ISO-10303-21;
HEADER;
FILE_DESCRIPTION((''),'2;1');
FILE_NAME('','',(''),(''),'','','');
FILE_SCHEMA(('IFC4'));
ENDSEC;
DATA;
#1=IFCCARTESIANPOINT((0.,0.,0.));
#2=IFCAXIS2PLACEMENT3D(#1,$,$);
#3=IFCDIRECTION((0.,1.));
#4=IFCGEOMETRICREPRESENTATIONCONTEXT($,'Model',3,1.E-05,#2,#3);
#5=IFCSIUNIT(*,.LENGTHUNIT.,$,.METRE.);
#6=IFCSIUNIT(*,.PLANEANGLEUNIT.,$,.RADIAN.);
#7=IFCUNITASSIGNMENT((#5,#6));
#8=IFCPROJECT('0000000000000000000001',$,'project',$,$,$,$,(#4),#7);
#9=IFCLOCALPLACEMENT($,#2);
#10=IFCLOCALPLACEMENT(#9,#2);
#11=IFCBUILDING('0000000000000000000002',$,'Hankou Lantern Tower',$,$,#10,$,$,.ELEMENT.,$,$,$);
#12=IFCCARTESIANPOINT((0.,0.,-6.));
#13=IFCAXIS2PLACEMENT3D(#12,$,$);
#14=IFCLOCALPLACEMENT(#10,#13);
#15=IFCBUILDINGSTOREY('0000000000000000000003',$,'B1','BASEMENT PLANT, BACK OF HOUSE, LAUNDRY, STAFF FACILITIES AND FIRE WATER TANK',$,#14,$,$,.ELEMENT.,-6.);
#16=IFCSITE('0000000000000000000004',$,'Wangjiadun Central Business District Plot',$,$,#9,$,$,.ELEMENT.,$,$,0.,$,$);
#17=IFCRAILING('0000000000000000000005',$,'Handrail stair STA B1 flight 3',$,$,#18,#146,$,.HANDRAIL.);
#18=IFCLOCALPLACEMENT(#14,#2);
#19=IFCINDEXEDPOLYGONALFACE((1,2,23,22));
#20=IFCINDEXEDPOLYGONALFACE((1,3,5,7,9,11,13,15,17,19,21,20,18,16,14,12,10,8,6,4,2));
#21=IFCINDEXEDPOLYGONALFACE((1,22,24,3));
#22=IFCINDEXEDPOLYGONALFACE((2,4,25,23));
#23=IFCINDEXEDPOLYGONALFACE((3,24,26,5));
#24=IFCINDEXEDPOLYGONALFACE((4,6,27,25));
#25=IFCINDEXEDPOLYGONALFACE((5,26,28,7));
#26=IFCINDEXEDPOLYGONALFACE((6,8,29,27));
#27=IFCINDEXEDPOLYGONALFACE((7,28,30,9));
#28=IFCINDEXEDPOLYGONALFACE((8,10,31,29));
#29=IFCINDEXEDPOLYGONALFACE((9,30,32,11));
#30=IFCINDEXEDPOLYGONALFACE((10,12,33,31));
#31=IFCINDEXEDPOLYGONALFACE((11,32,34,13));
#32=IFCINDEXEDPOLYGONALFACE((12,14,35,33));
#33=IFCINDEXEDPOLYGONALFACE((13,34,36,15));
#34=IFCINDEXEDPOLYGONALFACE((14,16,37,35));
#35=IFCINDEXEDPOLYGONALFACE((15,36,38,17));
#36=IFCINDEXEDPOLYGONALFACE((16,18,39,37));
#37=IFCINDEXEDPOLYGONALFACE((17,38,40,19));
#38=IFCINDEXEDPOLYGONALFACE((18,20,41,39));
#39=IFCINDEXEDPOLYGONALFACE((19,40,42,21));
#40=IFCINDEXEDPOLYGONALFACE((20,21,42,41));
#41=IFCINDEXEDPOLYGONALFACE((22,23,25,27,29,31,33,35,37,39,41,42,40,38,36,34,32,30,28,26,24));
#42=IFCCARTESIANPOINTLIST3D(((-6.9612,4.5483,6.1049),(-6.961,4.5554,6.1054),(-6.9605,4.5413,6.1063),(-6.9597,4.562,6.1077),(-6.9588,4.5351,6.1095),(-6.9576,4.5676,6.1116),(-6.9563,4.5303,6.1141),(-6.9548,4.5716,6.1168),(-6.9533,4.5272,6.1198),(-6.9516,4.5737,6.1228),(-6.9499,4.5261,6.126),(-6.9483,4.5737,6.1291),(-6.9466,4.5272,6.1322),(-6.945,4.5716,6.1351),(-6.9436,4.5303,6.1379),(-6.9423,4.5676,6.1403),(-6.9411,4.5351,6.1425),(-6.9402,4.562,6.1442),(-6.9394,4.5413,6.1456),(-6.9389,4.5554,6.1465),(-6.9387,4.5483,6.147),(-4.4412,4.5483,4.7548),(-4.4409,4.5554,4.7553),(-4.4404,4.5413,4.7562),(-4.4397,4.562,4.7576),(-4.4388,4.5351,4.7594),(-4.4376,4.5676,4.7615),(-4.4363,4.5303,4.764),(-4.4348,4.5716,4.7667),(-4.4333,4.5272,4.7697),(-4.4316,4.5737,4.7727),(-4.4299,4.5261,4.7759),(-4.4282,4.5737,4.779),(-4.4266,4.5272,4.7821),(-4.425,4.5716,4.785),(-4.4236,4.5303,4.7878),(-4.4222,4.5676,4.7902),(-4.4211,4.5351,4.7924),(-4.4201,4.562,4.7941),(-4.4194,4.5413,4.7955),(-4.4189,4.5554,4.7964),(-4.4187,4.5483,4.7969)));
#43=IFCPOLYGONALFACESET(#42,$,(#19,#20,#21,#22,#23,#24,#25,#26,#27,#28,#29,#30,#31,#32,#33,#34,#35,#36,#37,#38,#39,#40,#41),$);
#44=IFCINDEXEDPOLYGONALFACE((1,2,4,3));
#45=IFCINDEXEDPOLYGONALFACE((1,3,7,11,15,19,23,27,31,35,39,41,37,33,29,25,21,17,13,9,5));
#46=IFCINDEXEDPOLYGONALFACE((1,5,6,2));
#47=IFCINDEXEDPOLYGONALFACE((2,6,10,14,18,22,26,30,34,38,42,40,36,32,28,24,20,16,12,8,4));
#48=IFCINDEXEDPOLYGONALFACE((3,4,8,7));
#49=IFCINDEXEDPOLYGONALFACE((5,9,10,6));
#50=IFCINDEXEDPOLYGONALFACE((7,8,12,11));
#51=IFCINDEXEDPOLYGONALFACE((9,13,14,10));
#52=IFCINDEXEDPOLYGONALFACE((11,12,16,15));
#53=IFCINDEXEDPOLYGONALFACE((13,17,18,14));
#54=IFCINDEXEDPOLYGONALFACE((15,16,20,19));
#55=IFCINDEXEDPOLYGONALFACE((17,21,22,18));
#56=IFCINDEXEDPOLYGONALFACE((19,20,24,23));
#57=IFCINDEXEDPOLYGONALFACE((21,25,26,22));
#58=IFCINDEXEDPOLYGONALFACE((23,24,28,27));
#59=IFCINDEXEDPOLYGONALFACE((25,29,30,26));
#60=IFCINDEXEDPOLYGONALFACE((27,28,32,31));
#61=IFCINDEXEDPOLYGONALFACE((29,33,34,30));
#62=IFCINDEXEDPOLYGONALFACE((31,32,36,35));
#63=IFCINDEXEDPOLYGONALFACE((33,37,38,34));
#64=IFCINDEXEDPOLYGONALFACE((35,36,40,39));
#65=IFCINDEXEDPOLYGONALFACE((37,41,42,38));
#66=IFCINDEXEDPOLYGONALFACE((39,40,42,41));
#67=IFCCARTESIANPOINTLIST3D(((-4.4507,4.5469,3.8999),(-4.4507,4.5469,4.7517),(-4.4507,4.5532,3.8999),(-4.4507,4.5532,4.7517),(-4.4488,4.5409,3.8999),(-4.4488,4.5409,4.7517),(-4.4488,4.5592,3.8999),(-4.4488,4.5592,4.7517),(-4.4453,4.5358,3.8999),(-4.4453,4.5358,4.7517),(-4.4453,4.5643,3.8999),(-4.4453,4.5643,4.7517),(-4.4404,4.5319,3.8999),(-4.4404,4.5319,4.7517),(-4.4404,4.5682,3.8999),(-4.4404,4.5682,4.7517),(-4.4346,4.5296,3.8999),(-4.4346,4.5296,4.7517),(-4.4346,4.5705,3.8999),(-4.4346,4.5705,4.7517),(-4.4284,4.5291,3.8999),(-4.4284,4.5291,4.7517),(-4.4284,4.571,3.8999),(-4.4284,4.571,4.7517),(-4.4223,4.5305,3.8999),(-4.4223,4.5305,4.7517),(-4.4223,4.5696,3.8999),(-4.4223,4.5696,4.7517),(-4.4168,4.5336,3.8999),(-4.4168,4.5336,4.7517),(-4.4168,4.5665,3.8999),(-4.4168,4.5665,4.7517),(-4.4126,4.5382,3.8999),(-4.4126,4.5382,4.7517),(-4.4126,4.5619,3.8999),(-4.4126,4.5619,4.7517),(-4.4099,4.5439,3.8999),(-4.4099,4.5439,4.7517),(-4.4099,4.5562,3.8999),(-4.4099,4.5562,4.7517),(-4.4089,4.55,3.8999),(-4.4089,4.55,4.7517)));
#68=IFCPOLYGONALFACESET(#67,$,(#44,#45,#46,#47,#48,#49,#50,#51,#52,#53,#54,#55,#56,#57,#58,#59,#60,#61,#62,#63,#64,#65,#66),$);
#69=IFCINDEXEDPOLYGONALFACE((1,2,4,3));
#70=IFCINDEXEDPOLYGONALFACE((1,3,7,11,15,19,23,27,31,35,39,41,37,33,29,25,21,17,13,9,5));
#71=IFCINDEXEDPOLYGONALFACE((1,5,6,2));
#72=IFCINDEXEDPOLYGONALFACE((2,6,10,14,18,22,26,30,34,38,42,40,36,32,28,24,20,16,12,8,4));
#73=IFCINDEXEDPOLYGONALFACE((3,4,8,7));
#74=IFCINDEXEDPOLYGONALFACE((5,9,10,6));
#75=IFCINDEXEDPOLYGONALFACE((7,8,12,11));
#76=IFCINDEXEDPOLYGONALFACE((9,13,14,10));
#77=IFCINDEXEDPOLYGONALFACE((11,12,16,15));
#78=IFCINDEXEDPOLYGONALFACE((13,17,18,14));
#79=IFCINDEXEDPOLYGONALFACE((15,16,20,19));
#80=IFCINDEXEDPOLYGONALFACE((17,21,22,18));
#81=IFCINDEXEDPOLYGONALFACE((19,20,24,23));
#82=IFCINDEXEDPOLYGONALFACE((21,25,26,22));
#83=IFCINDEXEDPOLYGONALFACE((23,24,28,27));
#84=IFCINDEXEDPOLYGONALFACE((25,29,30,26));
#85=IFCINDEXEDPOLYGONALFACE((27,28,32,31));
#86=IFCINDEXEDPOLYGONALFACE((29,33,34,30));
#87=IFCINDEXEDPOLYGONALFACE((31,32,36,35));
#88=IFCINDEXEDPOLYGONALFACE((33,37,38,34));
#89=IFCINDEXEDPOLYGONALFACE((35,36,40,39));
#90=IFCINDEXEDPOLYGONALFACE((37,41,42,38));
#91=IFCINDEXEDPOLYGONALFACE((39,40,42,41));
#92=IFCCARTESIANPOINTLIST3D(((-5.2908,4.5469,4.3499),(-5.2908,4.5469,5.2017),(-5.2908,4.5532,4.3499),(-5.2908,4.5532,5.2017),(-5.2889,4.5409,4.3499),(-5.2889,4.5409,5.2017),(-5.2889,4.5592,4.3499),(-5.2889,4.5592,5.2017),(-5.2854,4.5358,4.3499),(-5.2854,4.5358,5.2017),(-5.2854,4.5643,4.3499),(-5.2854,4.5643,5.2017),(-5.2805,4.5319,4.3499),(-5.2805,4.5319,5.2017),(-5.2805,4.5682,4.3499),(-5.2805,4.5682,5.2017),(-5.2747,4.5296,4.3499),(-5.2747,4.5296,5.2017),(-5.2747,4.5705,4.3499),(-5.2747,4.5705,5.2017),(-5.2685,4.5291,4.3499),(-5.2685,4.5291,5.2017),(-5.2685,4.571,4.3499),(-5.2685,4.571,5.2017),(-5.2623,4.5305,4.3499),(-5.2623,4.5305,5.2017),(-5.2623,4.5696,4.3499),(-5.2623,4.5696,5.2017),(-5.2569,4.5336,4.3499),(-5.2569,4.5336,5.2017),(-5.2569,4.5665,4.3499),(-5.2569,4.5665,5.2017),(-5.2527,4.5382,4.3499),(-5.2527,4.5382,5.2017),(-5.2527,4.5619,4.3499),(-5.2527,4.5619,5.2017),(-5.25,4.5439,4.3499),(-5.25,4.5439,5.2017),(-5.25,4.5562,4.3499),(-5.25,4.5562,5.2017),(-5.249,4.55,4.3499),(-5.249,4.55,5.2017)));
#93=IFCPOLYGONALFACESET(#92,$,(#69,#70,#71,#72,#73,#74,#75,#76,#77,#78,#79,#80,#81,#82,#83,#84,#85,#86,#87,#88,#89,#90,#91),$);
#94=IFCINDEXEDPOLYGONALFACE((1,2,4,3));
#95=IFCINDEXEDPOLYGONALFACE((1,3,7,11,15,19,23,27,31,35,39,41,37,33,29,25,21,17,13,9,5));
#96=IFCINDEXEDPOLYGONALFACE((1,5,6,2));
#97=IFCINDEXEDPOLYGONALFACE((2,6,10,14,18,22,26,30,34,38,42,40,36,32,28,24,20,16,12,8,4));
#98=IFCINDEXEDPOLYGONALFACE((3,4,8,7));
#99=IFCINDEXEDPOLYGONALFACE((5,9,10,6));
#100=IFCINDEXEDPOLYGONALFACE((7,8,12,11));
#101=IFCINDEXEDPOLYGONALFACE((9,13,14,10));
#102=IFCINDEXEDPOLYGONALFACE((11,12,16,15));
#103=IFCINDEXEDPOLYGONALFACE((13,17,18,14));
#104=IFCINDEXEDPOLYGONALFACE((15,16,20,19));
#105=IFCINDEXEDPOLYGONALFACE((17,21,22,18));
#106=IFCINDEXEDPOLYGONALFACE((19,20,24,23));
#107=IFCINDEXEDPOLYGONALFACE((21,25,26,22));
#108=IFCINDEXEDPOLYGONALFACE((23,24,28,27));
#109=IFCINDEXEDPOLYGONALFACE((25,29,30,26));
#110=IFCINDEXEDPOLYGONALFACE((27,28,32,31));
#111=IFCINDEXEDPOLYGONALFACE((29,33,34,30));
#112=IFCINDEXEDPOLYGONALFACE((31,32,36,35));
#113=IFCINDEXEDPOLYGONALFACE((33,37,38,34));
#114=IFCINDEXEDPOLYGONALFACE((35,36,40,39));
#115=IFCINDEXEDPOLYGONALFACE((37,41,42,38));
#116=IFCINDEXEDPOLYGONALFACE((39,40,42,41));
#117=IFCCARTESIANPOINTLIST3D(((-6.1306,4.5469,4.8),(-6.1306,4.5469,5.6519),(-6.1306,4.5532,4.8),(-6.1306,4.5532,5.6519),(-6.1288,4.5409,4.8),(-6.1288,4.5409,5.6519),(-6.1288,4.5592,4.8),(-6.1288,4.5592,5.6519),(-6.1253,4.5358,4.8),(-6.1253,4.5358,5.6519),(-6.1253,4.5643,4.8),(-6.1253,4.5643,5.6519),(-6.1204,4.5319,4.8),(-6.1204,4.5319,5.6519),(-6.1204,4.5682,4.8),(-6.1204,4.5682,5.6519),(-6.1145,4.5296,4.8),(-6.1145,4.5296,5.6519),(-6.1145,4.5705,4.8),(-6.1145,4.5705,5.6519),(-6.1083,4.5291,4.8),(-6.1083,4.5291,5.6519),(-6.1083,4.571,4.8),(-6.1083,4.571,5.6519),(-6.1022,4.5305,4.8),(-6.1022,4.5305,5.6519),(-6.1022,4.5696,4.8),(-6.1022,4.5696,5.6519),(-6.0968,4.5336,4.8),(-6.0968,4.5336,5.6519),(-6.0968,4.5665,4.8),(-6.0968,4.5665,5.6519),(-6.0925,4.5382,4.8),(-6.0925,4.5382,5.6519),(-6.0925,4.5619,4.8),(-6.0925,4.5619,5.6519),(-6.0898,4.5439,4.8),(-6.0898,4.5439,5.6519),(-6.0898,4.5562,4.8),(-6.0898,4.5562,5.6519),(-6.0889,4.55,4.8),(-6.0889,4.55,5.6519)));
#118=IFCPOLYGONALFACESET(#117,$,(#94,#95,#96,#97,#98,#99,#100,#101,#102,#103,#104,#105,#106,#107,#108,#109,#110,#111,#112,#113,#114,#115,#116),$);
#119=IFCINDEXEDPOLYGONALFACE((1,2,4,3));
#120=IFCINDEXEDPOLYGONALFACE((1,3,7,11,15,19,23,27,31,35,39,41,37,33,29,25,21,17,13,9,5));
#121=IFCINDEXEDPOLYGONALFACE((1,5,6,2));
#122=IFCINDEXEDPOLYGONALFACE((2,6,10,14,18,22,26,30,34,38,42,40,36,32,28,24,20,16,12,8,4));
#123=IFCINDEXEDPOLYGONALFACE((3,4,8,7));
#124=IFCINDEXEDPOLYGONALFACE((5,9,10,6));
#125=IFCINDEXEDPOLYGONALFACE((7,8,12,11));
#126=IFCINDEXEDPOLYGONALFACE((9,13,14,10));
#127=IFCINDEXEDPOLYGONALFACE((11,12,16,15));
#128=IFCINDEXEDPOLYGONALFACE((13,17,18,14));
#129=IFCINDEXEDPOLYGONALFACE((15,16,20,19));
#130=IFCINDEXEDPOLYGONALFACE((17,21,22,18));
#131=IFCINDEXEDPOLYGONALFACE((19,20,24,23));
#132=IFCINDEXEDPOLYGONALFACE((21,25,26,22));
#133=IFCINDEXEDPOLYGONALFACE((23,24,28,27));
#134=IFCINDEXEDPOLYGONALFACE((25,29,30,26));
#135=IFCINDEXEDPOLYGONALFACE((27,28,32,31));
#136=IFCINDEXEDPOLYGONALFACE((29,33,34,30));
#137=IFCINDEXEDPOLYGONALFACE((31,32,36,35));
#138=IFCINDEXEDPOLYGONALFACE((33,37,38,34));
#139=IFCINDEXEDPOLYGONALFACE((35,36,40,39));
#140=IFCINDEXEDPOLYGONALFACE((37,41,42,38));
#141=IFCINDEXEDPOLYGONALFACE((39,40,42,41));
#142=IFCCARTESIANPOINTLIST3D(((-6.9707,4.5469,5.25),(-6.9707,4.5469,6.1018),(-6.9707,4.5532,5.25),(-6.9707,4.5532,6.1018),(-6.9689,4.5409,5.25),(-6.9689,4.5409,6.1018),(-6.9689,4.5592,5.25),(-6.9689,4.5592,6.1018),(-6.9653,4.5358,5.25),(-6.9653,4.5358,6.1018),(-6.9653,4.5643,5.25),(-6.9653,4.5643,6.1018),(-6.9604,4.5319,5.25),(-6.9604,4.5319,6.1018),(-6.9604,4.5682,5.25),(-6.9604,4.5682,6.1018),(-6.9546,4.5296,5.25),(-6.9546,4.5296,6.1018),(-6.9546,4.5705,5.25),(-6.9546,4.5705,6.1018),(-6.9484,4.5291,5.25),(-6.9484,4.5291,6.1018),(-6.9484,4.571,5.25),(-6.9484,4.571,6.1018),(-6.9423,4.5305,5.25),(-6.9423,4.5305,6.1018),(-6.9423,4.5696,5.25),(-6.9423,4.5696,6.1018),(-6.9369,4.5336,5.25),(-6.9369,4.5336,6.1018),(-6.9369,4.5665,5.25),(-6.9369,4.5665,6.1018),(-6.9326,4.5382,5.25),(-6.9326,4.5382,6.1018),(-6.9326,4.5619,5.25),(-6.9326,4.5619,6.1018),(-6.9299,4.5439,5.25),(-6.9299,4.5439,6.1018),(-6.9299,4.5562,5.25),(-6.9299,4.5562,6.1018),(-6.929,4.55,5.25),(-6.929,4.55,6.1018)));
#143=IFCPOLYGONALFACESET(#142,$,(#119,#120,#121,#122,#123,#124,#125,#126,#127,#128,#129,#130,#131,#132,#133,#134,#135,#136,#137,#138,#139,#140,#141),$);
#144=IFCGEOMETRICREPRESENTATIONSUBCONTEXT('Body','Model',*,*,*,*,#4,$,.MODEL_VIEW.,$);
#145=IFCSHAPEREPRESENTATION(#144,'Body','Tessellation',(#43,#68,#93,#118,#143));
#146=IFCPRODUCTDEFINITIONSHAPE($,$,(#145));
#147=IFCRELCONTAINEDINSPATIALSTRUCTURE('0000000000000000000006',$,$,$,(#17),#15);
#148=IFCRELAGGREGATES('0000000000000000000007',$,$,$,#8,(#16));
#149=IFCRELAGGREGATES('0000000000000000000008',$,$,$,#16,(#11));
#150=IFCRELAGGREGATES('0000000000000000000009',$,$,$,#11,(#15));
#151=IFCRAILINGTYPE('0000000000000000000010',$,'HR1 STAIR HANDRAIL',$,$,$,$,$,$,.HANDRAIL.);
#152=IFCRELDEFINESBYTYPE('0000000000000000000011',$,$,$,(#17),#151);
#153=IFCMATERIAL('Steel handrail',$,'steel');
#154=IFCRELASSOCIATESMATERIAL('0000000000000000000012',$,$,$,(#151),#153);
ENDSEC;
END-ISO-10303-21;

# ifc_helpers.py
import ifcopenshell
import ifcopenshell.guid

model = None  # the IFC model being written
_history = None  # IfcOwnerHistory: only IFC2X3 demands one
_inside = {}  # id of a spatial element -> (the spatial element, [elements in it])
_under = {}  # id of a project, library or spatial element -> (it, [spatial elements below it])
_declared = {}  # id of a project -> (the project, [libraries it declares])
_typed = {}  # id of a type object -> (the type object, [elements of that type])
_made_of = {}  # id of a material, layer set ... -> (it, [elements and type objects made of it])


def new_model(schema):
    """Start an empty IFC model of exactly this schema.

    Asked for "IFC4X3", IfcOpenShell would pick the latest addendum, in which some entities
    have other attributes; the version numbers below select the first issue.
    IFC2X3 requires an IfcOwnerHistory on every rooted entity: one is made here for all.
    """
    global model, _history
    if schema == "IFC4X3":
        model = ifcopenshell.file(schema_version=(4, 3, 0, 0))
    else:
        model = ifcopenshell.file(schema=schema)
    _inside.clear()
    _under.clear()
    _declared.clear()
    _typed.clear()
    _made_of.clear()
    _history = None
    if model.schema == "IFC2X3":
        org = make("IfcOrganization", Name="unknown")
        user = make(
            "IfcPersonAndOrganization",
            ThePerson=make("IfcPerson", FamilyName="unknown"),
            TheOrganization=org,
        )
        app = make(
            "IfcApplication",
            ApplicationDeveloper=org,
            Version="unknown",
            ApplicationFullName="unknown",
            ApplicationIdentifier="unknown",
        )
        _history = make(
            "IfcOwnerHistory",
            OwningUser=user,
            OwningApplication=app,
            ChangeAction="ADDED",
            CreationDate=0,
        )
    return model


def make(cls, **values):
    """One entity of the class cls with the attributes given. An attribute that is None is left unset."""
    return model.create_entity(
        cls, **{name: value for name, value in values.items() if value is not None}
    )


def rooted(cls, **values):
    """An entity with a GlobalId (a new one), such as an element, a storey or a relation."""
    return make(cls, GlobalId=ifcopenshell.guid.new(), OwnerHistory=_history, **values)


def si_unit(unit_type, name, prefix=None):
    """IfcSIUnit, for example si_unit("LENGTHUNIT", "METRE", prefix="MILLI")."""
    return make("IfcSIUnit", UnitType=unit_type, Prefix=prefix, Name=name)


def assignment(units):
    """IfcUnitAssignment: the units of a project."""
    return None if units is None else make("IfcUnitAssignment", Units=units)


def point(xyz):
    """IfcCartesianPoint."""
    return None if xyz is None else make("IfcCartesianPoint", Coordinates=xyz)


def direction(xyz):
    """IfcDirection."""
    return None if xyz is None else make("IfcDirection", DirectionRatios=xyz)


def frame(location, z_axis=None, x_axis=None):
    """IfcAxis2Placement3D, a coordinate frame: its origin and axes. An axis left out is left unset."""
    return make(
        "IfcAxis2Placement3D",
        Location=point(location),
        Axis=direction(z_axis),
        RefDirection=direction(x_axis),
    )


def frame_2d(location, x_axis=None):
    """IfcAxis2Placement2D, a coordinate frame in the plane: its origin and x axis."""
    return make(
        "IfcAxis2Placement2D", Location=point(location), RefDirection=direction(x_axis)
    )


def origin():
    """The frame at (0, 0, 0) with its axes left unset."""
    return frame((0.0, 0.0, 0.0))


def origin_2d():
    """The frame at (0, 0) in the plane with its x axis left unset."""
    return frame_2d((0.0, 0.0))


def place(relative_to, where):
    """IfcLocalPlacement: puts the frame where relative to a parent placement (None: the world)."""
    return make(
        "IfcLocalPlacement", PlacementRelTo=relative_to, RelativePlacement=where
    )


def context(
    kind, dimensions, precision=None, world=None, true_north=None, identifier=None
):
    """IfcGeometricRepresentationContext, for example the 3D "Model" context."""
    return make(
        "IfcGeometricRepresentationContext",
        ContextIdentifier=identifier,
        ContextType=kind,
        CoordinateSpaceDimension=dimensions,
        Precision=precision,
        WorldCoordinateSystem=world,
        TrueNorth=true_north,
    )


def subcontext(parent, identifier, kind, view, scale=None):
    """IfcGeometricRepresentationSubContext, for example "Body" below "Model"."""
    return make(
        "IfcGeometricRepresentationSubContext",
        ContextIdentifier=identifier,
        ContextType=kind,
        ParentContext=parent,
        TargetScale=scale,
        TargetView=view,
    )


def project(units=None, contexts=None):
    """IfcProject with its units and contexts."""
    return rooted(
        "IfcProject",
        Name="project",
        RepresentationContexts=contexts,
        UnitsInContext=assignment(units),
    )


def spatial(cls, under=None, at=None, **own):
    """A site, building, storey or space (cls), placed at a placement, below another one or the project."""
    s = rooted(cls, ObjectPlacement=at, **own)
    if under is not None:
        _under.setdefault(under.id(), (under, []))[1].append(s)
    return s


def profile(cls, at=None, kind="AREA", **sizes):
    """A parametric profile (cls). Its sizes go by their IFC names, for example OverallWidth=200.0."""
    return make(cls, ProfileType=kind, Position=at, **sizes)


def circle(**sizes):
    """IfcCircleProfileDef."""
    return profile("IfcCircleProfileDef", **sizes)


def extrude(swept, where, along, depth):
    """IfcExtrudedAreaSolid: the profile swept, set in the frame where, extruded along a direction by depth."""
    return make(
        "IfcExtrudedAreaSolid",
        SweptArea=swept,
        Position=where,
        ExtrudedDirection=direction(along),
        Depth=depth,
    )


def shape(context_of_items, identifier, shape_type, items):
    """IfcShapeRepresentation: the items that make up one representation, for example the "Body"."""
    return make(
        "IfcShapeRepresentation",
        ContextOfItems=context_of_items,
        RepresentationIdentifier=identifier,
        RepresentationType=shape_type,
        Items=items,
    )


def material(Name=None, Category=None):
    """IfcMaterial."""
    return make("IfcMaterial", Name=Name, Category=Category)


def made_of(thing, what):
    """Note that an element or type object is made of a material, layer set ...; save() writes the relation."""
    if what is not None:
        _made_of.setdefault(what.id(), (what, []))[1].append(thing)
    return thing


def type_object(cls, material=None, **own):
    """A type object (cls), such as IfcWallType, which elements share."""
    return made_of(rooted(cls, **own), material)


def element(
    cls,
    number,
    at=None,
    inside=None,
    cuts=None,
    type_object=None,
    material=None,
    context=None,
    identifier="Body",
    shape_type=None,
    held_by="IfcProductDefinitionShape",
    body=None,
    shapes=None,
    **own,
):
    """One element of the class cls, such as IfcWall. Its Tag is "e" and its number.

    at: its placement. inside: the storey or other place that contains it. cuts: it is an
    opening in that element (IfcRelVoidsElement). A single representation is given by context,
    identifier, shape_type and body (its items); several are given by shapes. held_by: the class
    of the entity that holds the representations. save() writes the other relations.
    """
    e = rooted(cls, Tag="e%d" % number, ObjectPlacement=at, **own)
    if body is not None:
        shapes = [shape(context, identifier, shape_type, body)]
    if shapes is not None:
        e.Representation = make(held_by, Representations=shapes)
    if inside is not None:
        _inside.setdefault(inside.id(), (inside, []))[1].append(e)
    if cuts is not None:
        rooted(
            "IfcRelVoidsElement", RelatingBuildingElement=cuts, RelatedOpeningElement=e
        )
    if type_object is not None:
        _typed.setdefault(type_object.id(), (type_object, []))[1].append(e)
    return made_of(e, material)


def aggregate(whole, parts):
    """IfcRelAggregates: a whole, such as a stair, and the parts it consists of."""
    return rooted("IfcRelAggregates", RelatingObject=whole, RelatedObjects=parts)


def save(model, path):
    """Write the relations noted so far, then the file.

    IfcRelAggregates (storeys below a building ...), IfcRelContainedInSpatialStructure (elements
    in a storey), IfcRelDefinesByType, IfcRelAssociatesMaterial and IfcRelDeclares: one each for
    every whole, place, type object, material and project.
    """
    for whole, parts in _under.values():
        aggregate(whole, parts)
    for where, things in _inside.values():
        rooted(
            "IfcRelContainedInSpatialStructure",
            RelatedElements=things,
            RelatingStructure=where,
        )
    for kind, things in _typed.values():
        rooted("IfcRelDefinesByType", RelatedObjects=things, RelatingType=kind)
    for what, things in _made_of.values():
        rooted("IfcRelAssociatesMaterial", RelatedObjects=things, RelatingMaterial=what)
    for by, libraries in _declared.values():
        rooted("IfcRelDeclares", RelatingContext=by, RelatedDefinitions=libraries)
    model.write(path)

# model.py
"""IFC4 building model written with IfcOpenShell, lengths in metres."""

from ifc_helpers import new_model, si_unit, direction, frame, origin, origin_2d, place, context, subcontext, project, spatial, circle, extrude, material, type_object, element, save


model = new_model("IFC4")

# Units and contexts
model_context = context("Model", 3, precision=1e-05, world=origin(), true_north=direction((0.0, 1.0)))
body_context = subcontext(model_context, "Body", "Model", "MODEL_VIEW")
ifc_project = project(units=[si_unit("LENGTHUNIT", "METRE"), si_unit("PLANEANGLEUNIT", "RADIAN")], contexts=[model_context])

# Site, building, storey
site_placement = place(None, origin())
site = spatial("IfcSite", under=ifc_project, at=site_placement, Name="Wangjiadun Central Business District Plot", CompositionType="ELEMENT", RefElevation=0.0)
building_placement = place(site_placement, origin())
building = spatial("IfcBuilding", under=site, at=building_placement, Name="Hankou Lantern Tower", CompositionType="ELEMENT")
storey_placement = place(building_placement, frame((0.0, 0.0, -6.0)))
storey = spatial("IfcBuildingStorey", under=building, at=storey_placement, Name="B1", Description="BASEMENT PLANT, BACK OF HOUSE, LAUNDRY, STAFF FACILITIES AND FIRE WATER TANK", CompositionType="ELEMENT", Elevation=-6.0)

# Railing
ifc_material_1 = material(Name="Steel handrail", Category="steel")
railing_type = type_object("IfcRailingType", Name="HR1 STAIR HANDRAIL", PredefinedType="HANDRAIL", material=ifc_material_1)
railing_1_placement = place(storey_placement, frame((-4.4299, 4.55, 3.8999)))
element("IfcRailing", 1, at=railing_1_placement, inside=storey, type_object=railing_type, Name="Handrail stair STA B1 flight 3", PredefinedType="HANDRAIL", context=body_context, shape_type="SweptSolid", body=[
    extrude(circle(Radius=0.0239, at=origin_2d()), frame((0.0, 0.0, 0.876), z_axis=(-0.881467, 0.0, 0.472245), x_axis=(0.0, -1.0, 0.0)), (0.0, 0.0, 1.0), 2.8589),
    extrude(circle(Radius=0.021, at=origin_2d()), origin(), (0.0, 0.0, 1.0), 0.8518),
    extrude(circle(Radius=0.021, at=origin_2d()), frame((-0.8401, 0.0, 0.45)), (0.0, 0.0, 1.0), 0.8518),
    extrude(circle(Radius=0.021, at=origin_2d()), frame((-1.6799, 0.0, 0.9001)), (0.0, 0.0, 1.0), 0.8518),
    extrude(circle(Radius=0.021, at=origin_2d()), frame((-2.52, 0.0, 1.3501)), (0.0, 0.0, 1.0), 0.8518),
])

save(model, "model.ifc")
